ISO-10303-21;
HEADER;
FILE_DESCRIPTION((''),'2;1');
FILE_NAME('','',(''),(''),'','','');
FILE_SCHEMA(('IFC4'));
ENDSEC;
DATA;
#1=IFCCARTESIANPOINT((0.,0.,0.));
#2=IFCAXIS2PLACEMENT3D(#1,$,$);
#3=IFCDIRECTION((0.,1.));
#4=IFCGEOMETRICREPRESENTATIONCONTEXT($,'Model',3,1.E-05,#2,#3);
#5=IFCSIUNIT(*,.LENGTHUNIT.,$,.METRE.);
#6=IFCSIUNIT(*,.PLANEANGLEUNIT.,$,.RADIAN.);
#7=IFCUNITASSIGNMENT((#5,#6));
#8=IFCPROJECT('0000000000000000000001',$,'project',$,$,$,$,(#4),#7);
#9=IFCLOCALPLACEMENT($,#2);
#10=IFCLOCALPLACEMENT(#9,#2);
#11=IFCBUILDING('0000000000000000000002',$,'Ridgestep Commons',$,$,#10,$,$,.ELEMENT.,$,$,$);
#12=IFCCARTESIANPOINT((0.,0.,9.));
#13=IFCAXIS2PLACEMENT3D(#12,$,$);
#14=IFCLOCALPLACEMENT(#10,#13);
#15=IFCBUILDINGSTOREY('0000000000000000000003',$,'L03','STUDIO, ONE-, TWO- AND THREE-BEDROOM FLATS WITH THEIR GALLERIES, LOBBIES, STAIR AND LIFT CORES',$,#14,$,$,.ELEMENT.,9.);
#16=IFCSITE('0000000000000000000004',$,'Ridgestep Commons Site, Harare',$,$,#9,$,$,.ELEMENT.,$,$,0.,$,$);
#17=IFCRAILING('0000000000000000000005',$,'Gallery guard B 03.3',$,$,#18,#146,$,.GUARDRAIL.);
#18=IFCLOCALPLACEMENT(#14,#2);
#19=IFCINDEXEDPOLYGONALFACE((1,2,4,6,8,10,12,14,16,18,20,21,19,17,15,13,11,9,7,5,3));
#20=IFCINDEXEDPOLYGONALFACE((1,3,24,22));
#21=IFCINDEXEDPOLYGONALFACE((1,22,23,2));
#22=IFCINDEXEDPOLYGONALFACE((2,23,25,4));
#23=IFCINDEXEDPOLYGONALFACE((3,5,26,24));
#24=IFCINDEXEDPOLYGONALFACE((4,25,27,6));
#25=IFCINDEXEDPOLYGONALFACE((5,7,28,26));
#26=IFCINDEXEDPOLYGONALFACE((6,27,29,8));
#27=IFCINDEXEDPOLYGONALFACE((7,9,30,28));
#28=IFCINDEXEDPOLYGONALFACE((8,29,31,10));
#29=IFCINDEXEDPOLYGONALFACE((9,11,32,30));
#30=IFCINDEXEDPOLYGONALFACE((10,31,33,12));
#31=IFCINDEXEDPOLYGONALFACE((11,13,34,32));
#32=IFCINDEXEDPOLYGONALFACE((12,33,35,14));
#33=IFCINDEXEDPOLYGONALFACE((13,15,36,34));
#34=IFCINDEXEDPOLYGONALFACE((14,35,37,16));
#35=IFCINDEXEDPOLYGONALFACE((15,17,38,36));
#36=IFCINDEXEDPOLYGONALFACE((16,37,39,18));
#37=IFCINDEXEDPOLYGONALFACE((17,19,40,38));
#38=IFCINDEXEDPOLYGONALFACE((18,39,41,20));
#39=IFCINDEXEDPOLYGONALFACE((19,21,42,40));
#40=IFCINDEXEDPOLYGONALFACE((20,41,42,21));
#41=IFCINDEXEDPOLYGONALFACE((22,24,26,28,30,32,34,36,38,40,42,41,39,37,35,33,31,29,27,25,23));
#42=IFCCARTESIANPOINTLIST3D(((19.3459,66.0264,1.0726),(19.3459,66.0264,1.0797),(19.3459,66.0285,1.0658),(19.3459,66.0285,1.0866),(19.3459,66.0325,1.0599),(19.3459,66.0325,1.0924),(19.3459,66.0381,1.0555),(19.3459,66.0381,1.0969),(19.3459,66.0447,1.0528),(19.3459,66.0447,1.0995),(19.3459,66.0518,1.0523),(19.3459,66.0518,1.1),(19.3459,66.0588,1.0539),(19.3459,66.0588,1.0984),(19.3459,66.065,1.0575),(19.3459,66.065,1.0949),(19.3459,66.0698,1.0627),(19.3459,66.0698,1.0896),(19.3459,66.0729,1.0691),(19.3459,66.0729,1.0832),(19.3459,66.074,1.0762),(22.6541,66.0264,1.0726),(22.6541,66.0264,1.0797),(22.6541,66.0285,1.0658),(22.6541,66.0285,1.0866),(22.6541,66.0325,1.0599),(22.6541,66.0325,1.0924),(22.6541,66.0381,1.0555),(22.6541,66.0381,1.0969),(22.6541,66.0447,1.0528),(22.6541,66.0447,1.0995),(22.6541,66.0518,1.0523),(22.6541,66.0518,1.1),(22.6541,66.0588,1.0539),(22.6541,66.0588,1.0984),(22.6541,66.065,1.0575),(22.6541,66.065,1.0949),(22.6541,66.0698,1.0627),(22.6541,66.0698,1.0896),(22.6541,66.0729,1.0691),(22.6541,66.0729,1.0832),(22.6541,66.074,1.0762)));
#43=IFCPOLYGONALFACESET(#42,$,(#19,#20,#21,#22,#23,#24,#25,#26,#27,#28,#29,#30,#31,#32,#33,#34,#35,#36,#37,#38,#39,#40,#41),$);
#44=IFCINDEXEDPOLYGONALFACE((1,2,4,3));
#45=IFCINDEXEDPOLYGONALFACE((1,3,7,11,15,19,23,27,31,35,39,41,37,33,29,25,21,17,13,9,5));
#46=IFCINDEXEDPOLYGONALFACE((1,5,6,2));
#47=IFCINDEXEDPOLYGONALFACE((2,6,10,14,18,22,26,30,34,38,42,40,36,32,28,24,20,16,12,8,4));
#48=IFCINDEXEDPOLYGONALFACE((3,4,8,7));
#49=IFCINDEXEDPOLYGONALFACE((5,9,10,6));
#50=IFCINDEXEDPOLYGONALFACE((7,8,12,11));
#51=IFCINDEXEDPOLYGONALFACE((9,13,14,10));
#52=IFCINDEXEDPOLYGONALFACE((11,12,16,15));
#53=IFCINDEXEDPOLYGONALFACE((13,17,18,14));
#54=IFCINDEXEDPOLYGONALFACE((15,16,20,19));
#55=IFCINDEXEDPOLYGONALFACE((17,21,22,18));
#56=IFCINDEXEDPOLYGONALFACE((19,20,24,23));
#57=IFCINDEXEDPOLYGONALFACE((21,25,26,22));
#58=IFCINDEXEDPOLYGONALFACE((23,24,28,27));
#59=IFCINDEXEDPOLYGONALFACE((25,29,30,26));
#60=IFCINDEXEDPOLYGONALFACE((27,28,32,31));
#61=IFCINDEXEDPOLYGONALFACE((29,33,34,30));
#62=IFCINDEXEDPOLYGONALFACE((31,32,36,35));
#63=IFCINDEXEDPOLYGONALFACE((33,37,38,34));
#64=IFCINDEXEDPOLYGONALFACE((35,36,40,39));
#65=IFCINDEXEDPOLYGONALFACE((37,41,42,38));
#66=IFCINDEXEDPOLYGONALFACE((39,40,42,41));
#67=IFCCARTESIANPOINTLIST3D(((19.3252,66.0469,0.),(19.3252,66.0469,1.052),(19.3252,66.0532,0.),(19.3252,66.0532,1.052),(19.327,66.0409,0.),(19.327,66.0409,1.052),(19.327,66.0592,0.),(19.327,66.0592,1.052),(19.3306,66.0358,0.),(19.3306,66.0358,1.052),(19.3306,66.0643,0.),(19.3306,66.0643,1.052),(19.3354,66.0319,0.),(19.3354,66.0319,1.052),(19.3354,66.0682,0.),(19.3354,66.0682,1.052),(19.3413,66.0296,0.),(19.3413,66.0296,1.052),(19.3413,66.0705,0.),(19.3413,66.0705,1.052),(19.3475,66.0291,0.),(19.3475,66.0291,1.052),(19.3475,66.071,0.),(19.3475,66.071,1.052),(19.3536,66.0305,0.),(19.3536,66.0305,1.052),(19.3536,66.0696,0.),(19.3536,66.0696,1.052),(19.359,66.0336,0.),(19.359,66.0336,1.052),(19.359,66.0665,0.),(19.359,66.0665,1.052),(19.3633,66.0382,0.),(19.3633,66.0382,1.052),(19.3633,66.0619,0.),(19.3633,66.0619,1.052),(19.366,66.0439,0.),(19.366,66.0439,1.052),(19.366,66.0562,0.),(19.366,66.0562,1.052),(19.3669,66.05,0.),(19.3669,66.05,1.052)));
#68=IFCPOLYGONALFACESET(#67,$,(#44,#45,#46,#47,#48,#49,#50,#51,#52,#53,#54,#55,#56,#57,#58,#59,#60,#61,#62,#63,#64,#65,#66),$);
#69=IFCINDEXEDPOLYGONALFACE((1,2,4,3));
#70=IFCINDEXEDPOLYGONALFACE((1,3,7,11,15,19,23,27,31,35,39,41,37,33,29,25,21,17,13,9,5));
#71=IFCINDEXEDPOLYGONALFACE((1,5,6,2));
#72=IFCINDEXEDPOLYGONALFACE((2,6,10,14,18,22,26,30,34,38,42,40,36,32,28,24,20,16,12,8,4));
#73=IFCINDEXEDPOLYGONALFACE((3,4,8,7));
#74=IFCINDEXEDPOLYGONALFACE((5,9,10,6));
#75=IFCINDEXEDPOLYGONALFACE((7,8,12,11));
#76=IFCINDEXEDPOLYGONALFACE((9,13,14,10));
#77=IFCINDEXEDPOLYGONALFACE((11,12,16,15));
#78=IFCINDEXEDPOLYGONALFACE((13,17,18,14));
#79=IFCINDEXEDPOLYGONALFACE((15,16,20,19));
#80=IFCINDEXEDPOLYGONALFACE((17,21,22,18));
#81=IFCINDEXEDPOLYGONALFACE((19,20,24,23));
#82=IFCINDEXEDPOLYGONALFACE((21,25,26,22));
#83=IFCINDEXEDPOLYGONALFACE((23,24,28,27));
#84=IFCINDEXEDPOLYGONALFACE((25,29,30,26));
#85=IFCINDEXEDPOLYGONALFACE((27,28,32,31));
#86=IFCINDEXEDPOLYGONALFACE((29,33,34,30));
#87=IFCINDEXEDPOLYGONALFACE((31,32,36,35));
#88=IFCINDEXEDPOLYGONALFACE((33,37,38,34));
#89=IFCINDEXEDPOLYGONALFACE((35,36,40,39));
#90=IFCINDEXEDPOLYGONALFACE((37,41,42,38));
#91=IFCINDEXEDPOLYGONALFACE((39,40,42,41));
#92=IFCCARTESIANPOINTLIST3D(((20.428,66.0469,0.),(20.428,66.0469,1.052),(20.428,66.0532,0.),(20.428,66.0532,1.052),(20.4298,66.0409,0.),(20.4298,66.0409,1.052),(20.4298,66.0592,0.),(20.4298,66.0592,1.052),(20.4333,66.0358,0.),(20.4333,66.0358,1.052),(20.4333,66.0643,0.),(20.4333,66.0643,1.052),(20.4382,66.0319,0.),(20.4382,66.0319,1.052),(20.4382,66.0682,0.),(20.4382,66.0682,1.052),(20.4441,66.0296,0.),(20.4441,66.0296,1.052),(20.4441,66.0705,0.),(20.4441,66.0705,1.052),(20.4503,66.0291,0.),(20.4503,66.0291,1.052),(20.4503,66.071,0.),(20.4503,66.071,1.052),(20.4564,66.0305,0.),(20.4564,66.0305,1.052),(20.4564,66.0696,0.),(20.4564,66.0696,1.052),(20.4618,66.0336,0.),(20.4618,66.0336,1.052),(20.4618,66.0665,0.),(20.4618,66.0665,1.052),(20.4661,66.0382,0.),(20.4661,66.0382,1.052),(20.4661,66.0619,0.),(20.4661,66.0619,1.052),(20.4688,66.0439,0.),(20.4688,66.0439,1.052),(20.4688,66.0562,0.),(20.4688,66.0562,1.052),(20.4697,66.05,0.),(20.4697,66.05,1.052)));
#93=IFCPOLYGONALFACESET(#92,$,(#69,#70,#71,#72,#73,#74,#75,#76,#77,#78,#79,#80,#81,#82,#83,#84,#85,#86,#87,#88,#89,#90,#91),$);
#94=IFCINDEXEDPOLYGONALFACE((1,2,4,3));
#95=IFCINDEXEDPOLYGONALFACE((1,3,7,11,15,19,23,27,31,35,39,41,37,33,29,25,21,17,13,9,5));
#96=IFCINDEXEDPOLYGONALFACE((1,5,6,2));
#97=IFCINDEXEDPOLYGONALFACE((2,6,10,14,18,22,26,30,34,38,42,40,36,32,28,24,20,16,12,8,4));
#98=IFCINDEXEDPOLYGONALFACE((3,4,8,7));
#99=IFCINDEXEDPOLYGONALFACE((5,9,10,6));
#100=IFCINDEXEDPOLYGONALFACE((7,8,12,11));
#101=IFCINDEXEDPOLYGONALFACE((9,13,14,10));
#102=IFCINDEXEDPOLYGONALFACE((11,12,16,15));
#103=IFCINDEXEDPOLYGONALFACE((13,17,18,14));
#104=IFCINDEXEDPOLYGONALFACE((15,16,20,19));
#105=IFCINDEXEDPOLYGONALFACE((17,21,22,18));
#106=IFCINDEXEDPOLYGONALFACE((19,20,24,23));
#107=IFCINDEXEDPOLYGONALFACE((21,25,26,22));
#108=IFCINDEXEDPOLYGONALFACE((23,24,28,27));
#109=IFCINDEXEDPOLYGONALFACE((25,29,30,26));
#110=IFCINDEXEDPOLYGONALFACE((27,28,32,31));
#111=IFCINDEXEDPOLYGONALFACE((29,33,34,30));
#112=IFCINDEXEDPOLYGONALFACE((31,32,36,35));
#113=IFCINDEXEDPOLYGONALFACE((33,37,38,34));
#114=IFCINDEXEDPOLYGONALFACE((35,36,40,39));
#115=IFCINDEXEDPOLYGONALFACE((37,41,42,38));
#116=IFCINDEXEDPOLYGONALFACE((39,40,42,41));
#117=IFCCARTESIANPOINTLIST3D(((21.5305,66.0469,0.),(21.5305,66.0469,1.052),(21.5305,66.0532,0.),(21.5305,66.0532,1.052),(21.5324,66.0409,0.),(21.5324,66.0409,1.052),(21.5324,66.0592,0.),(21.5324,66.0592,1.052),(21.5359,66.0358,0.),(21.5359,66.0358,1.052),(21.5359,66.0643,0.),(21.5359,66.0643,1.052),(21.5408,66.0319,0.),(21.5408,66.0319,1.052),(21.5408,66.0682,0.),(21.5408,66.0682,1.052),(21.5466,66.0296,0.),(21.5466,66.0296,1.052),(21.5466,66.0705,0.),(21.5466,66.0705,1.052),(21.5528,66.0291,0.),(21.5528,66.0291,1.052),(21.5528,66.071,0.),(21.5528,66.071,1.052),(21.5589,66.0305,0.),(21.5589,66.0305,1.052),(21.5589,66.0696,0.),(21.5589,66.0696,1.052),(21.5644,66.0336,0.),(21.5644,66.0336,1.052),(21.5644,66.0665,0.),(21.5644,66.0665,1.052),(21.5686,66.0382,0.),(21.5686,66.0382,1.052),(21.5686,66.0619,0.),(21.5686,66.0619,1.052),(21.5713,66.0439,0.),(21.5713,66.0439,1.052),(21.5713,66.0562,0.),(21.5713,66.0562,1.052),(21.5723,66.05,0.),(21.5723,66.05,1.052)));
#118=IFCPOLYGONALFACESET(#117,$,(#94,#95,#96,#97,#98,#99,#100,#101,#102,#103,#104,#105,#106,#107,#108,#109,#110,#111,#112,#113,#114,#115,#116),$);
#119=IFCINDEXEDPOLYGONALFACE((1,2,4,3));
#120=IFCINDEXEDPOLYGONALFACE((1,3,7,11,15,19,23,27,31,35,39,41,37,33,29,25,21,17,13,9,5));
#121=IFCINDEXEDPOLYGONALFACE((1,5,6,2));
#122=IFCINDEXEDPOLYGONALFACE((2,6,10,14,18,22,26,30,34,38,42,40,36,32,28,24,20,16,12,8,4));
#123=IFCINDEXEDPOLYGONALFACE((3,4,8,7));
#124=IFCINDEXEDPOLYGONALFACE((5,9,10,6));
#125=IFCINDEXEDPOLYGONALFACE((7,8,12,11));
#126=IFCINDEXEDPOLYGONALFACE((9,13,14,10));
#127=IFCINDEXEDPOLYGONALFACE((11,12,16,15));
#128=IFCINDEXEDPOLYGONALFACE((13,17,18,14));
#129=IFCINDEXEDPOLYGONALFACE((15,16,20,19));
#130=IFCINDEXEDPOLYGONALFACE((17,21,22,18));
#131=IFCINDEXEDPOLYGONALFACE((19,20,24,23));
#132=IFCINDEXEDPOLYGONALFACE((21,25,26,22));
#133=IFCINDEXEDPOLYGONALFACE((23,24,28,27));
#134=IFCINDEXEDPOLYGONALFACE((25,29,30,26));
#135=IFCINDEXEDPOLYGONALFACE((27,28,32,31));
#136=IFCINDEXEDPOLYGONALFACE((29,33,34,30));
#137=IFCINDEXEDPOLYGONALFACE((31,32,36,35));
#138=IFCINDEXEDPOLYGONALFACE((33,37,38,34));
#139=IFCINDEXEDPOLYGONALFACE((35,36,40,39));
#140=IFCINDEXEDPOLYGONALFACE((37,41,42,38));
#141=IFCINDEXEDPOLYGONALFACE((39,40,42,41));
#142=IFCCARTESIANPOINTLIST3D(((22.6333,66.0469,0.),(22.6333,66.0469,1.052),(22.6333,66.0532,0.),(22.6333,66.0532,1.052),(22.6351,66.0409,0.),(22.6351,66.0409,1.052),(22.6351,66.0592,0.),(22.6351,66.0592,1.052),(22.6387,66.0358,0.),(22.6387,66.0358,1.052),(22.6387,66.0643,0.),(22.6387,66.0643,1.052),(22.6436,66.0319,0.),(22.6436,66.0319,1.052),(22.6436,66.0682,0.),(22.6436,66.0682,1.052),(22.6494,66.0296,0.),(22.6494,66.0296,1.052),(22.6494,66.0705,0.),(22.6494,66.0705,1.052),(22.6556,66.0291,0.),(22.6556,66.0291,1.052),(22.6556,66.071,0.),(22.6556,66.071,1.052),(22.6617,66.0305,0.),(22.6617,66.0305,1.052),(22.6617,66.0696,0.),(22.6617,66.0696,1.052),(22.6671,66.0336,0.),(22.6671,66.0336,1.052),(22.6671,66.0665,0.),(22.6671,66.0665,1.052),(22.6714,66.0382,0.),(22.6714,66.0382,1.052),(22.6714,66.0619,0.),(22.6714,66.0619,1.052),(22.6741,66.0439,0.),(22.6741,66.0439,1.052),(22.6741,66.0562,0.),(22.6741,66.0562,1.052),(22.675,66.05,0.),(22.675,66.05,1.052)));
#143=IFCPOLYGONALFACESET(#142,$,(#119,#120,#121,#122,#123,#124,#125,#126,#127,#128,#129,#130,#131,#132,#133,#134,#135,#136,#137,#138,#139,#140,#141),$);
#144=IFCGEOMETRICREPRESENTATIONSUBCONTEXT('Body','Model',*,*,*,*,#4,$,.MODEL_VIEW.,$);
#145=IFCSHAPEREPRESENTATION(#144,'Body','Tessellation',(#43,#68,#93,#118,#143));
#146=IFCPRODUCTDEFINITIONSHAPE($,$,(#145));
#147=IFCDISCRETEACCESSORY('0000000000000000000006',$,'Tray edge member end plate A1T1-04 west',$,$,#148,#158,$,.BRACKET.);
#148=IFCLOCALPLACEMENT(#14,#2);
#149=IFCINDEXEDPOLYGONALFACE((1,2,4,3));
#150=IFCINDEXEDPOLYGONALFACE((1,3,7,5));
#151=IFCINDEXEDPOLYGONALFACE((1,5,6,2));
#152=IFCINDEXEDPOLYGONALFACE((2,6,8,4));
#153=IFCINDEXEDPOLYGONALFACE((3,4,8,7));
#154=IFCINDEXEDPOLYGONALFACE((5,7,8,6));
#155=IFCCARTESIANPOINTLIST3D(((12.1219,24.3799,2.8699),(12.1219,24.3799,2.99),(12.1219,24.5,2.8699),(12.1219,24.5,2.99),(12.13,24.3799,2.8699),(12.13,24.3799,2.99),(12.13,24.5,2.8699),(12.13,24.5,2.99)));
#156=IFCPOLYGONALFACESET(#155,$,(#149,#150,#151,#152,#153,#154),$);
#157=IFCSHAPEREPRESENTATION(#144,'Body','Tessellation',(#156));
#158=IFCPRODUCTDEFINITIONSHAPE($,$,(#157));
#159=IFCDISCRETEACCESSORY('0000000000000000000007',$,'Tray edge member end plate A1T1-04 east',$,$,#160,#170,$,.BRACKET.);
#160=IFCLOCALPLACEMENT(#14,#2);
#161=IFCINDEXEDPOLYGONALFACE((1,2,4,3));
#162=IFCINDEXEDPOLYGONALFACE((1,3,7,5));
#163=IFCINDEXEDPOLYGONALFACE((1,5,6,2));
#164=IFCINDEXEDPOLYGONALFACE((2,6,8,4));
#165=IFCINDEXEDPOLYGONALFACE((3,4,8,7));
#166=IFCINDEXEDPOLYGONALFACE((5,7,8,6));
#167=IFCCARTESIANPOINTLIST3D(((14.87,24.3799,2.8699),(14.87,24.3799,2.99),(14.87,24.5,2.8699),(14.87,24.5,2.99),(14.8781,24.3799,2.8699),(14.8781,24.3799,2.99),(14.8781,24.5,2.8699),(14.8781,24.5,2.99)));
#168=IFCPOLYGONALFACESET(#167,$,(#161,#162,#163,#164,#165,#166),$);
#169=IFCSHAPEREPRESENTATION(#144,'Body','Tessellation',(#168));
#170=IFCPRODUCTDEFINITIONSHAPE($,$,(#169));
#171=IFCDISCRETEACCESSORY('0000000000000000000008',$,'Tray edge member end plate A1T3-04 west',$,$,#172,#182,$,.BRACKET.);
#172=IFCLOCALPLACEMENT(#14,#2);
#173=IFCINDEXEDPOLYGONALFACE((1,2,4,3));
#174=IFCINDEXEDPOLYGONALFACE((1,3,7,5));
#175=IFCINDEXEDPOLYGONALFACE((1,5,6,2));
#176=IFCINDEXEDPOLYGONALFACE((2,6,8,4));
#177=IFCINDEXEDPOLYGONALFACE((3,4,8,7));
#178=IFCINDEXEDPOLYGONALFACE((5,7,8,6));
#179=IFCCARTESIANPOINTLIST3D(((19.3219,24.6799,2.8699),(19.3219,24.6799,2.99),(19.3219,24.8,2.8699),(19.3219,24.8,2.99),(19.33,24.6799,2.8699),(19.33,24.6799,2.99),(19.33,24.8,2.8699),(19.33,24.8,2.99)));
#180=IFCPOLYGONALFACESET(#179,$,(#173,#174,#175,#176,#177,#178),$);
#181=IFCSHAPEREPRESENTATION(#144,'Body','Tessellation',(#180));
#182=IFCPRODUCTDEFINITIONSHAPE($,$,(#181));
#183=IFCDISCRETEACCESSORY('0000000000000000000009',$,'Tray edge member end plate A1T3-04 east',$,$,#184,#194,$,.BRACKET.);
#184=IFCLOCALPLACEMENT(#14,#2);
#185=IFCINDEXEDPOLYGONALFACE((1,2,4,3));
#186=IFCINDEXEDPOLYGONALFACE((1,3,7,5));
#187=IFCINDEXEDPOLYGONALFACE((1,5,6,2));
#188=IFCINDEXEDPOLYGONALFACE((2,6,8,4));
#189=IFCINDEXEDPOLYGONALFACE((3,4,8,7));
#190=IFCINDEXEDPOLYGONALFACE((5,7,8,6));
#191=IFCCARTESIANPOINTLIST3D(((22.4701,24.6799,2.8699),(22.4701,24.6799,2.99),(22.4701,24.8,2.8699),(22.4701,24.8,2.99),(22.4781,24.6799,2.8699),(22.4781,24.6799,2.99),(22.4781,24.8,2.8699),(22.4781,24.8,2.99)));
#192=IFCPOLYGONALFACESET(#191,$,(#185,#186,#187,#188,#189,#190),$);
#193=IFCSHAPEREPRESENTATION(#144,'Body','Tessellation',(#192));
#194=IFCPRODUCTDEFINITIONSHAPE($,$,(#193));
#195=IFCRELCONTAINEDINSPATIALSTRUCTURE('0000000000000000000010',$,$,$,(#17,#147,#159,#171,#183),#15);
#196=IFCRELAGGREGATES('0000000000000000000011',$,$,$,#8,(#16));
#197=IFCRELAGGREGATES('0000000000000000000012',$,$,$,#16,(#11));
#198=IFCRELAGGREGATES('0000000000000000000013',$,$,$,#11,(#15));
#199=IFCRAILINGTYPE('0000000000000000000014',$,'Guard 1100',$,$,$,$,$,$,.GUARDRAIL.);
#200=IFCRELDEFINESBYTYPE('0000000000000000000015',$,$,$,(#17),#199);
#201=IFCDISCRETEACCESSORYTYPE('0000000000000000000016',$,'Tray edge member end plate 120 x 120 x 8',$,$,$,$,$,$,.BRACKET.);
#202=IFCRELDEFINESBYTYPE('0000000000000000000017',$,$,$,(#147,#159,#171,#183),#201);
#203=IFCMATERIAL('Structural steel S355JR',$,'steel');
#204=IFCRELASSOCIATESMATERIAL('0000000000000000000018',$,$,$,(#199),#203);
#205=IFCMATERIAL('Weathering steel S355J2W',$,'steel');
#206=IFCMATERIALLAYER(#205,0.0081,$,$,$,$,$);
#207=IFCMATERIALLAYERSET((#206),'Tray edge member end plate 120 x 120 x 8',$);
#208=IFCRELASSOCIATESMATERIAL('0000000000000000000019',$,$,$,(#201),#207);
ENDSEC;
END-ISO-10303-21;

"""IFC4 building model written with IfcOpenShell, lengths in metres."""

from ifc_helpers import new_model, si_unit, direction, frame, origin, origin_2d, place, context, subcontext, project, spatial, rectangle, circle, extrude, material, layer, layer_set, type_object, element, save


model = new_model("IFC4")

# Units and contexts
model_context = context("Model", 3, precision=1e-05, world=origin(), true_north=direction((0.0, 1.0)))
body_context = subcontext(model_context, "Body", "Model", "MODEL_VIEW")
ifc_project = project(units=[si_unit("LENGTHUNIT", "METRE"), si_unit("PLANEANGLEUNIT", "RADIAN")], contexts=[model_context])

# Site, building, storey
site_placement = place(None, origin())
site = spatial("IfcSite", under=ifc_project, at=site_placement, Name="Ridgestep Commons Site, Harare", CompositionType="ELEMENT", RefElevation=0.0)
building_placement = place(site_placement, origin())
building = spatial("IfcBuilding", under=site, at=building_placement, Name="Ridgestep Commons", CompositionType="ELEMENT")
storey_placement = place(building_placement, frame((0.0, 0.0, 9.0)))
storey = spatial("IfcBuildingStorey", under=building, at=storey_placement, Name="L03", Description="STUDIO, ONE-, TWO- AND THREE-BEDROOM FLATS WITH THEIR GALLERIES, LOBBIES, STAIR AND LIFT CORES", CompositionType="ELEMENT", Elevation=9.0)

# Railing
ifc_material_1 = material(Name="Structural steel S355JR", Category="steel")
railing_type_1 = type_object("IfcRailingType", Name="Guard 1100", PredefinedType="GUARDRAIL", material=ifc_material_1)
railing_1_placement = place(storey_placement, frame((19.3459, 66.05, 0.0)))
element("IfcRailing", 1, at=railing_1_placement, inside=storey, type_object=railing_type_1, Name="Gallery guard B 03.3", PredefinedType="GUARDRAIL", context=body_context, shape_type="SweptSolid", body=[
    extrude(circle(Radius=0.0239, at=origin_2d()), frame((0.0, 0.0, 1.0762), z_axis=(1.0, 0.0, 0.0), x_axis=(0.0, 1.0, 0.0)), (0.0, 0.0, 1.0), 3.3081),
    extrude(circle(Radius=0.021, at=origin_2d()), origin(), (0.0, 0.0, 1.0), 1.052),
    extrude(circle(Radius=0.021, at=origin_2d()), frame((1.1028, 0.0, 0.0)), (0.0, 0.0, 1.0), 1.052),
    extrude(circle(Radius=0.021, at=origin_2d()), frame((2.2053, 0.0, 0.0)), (0.0, 0.0, 1.0), 1.052),
    extrude(circle(Radius=0.021, at=origin_2d()), frame((3.3081, 0.0, 0.0)), (0.0, 0.0, 1.0), 1.052),
])

# Discrete accessories
ifc_material_2 = material(Name="Weathering steel S355J2W", Category="steel")
ifc_layer_1 = layer(ifc_material_2, 0.0081)
ifc_layer_set_1 = layer_set([ifc_layer_1], Name="Tray edge member end plate 120 x 120 x 8")
discrete_accessory_type = type_object("IfcDiscreteAccessoryType", Name="Tray edge member end plate 120 x 120 x 8", PredefinedType="BRACKET", material=ifc_layer_set_1)
for number, where, z_axis, x_axis, name in (
    (2, (12.126, 24.4399, 2.8699), (0.0, 0.0, 1.0), (1.0, 0.0, 0.0), "Tray edge member end plate A1T1-04 west"),
    (3, (14.874, 24.4399, 2.8699), (0.0, 0.0, 1.0), (1.0, 0.0, 0.0), "Tray edge member end plate A1T1-04 east"),
    (4, (19.3259, 24.74, 2.8699), (0.0, 0.0, 1.0), (1.0, 0.0, 0.0), "Tray edge member end plate A1T3-04 west"),
    (5, (22.4741, 24.74, 2.8699), (0.0, 0.0, 1.0), (1.0, 0.0, 0.0), "Tray edge member end plate A1T3-04 east"),
):
    element("IfcDiscreteAccessory", number, at=place(storey_placement, frame(where, z_axis=z_axis, x_axis=x_axis)), inside=storey, type_object=discrete_accessory_type, Name=name, PredefinedType="BRACKET", context=body_context, shape_type="SweptSolid", body=[
        extrude(rectangle(XDim=0.0081, YDim=0.1201, at=origin_2d()), origin(), (0.0, 0.0, 1.0), 0.1201),
    ])

save(model, "model.ifc")
